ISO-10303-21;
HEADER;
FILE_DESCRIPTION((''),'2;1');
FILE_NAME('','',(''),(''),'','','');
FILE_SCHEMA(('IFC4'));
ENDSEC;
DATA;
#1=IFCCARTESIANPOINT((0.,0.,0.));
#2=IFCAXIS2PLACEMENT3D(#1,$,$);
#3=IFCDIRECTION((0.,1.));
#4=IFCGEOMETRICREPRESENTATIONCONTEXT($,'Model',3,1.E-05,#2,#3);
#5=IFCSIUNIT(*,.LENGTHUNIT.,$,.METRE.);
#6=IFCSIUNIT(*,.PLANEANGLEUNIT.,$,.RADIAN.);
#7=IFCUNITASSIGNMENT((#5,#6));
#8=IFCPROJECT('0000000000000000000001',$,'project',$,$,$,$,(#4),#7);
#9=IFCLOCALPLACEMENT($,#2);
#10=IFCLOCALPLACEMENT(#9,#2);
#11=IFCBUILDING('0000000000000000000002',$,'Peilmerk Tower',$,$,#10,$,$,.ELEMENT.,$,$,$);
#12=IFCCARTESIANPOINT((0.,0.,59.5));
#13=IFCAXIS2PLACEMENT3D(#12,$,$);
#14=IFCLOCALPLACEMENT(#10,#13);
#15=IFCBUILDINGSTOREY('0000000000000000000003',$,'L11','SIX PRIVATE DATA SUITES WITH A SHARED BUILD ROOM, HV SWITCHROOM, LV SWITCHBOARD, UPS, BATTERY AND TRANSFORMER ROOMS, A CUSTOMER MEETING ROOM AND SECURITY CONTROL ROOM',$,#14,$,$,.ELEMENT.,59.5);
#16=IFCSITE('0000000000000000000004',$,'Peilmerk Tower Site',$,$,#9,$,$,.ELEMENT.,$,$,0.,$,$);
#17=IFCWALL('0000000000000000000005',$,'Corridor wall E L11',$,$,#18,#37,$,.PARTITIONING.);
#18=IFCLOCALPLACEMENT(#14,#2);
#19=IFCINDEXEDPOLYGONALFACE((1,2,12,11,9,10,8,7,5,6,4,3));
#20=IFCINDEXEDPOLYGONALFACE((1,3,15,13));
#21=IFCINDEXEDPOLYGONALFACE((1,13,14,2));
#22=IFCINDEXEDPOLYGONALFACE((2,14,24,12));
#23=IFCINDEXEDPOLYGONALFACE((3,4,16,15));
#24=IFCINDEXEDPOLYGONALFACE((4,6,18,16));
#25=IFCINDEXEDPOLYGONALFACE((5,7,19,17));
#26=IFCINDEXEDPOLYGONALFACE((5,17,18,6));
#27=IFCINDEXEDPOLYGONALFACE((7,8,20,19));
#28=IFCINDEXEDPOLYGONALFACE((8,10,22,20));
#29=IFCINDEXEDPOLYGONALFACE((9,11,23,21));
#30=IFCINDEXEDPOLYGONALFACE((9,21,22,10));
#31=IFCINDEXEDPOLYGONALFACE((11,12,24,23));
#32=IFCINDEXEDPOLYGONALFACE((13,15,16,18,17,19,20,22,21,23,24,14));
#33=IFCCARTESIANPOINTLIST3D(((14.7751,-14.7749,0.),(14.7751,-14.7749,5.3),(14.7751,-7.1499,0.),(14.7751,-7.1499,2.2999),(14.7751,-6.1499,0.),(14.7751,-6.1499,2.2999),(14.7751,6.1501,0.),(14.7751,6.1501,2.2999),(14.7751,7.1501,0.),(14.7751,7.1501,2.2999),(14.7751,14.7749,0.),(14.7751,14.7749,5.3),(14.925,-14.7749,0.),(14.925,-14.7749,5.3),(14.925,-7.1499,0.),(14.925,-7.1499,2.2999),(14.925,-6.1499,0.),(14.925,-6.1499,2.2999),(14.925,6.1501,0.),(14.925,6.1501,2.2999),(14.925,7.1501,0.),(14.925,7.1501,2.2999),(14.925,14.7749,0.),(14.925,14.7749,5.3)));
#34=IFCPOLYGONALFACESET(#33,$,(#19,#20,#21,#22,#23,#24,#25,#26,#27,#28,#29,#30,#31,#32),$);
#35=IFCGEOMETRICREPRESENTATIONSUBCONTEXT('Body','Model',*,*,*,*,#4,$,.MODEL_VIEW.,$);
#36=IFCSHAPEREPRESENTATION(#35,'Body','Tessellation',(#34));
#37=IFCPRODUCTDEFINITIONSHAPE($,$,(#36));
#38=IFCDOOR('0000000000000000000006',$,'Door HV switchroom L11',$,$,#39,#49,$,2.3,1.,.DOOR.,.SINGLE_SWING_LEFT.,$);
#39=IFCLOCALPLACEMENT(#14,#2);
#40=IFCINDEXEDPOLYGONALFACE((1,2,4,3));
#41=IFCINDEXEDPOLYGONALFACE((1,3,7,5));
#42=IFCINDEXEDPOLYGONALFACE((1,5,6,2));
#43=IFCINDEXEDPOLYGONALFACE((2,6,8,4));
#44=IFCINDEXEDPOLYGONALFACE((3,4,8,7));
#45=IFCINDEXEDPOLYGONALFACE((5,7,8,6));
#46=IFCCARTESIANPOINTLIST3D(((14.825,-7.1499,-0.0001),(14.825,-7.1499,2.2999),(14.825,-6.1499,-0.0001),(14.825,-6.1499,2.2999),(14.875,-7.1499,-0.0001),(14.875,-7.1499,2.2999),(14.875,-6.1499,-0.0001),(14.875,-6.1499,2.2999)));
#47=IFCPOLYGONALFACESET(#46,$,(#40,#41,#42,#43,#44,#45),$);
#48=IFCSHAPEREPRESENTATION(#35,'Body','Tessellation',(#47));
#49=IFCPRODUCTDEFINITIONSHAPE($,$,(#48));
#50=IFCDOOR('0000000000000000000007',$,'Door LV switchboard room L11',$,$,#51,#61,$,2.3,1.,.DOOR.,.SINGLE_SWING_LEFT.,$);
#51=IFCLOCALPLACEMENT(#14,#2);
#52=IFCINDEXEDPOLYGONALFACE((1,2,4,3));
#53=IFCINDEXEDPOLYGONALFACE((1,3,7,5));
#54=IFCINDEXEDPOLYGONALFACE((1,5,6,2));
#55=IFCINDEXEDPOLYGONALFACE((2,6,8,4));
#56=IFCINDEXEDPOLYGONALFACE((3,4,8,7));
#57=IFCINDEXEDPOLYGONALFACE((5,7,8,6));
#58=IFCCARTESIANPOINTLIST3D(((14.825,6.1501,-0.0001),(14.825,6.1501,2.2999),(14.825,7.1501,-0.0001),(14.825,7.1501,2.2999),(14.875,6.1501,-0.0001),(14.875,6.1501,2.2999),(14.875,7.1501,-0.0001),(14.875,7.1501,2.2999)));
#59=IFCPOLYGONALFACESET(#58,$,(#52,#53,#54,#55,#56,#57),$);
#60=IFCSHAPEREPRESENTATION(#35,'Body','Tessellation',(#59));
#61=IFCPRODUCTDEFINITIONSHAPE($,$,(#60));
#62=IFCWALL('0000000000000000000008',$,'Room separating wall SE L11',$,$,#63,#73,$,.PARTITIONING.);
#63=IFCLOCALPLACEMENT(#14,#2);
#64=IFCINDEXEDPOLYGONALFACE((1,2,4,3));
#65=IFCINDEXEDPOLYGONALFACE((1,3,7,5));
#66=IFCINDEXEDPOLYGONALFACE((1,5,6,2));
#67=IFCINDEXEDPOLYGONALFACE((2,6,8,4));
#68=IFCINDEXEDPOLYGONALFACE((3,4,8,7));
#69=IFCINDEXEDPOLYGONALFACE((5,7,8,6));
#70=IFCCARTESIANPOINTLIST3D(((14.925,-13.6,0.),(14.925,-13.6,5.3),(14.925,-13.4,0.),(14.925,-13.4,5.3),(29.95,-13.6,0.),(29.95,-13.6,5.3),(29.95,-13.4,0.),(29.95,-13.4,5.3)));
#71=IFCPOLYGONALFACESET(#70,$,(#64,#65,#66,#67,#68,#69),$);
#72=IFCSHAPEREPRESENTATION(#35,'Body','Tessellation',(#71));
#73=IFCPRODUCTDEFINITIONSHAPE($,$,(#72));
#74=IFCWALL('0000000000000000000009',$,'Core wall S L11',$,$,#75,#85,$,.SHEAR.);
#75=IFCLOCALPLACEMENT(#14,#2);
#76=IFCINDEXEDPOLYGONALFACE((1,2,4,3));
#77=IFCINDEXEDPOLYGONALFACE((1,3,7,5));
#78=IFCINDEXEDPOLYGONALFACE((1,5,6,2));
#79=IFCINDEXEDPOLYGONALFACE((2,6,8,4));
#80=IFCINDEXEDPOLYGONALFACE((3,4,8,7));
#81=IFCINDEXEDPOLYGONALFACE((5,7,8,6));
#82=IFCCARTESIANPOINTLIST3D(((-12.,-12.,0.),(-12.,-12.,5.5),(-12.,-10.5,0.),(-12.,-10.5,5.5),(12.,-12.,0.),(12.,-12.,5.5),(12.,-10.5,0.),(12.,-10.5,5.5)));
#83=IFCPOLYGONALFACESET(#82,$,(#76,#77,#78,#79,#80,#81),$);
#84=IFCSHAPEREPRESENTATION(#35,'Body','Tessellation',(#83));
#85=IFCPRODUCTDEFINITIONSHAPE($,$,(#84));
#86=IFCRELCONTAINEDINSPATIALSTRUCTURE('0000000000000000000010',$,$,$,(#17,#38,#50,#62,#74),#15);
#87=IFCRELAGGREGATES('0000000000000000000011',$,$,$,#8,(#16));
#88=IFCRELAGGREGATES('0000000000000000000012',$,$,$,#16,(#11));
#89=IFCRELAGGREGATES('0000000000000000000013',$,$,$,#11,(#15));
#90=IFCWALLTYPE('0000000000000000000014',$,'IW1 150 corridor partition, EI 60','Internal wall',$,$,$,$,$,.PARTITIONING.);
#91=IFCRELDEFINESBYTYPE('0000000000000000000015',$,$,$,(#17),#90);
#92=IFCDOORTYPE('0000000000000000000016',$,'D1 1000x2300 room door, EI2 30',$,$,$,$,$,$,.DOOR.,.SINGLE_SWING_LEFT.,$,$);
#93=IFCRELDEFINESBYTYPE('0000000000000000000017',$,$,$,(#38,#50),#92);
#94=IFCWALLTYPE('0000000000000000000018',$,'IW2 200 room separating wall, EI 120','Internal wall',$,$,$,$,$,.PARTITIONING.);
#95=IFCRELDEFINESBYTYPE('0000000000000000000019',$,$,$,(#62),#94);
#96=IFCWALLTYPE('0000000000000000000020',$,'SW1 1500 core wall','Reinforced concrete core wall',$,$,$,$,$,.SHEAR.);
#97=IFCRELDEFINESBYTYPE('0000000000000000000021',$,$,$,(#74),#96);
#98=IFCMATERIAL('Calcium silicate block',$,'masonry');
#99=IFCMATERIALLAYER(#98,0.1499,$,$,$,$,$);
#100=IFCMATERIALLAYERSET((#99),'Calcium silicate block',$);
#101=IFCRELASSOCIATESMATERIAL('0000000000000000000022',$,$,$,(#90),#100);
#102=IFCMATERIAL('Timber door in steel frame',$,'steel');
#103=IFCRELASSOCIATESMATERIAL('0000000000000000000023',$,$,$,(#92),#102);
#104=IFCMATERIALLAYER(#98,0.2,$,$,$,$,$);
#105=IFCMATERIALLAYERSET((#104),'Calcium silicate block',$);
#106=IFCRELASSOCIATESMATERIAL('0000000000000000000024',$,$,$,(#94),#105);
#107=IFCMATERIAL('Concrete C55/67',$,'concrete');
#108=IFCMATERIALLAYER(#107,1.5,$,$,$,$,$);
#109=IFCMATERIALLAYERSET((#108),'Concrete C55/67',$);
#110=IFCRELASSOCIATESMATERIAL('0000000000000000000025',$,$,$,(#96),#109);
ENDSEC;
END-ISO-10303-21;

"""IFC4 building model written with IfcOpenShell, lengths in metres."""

from ifc_helpers import new_model, si_unit, direction, frame, frame_2d, origin, place, context, subcontext, project, spatial, rectangle, extrude, material, layer, layer_set, type_object, element, fill, save


model = new_model("IFC4")

# Units and contexts
model_context = context("Model", 3, precision=1e-05, world=origin(), true_north=direction((0.0, 1.0)))
body_context = subcontext(model_context, "Body", "Model", "MODEL_VIEW")
ifc_project = project(units=[si_unit("LENGTHUNIT", "METRE"), si_unit("PLANEANGLEUNIT", "RADIAN")], contexts=[model_context])

# Site, building, storey
site_placement = place(None, origin())
site = spatial("IfcSite", under=ifc_project, at=site_placement, Name="Peilmerk Tower Site", CompositionType="ELEMENT", RefElevation=0.0)
building_placement = place(site_placement, origin())
building = spatial("IfcBuilding", under=site, at=building_placement, Name="Peilmerk Tower", CompositionType="ELEMENT")
storey_placement = place(building_placement, frame((0.0, 0.0, 59.5)))
storey = spatial("IfcBuildingStorey", under=building, at=storey_placement, Name="L11", Description="SIX PRIVATE DATA SUITES WITH A SHARED BUILD ROOM, HV SWITCHROOM, LV SWITCHBOARD, UPS, BATTERY AND TRANSFORMER ROOMS, A CUSTOMER MEETING ROOM AND SECURITY CONTROL ROOM", CompositionType="ELEMENT", Elevation=59.5)

# Wall, openings, doors
ifc_material_1 = material(Name="Calcium silicate block", Category="masonry")
ifc_layer_1 = layer(ifc_material_1, 0.1499)
ifc_layer_set_1 = layer_set([ifc_layer_1], Name="Calcium silicate block")
wall_type_1 = type_object("IfcWallType", Name="IW1 150 corridor partition, EI 60", Description="Internal wall", PredefinedType="PARTITIONING", material=ifc_layer_set_1)
ifc_material_2 = material(Name="Timber door in steel frame", Category="steel")
door_type_1 = type_object("IfcDoorType", Name="D1 1000x2300 room door, EI2 30", OperationType="SINGLE_SWING_LEFT", PredefinedType="DOOR", material=ifc_material_2)
wall_1_placement = place(storey_placement, frame((14.8501, -14.7749, 0.0), z_axis=(0.0, 0.0, 1.0), x_axis=(0.0, 1.0, 0.0)))
wall_1 = element("IfcWall", 1, at=wall_1_placement, inside=storey, type_object=wall_type_1, Name="Corridor wall E L11", PredefinedType="PARTITIONING", context=body_context, shape_type="SweptSolid", body=[
    extrude(rectangle(XDim=29.5498, YDim=0.1499, at=frame_2d((14.7749, 0.0))), origin(), (0.0, 0.0, 1.0), 5.3),
])
opening_1_placement = place(wall_1_placement, frame((7.625, 0.0, 0.0)))
opening_1 = element("IfcOpeningElement", 2, at=opening_1_placement, cuts=wall_1, PredefinedType="OPENING", context=body_context, shape_type="SweptSolid", body=[
    extrude(rectangle(XDim=1.0, YDim=2.3, at=frame_2d((0.5, 1.1499))), frame((0.0, 0.085, 0.0), z_axis=(0.0, -1.0, 0.0), x_axis=(1.0, 0.0, 0.0)), (0.0, 0.0, 1.0), 0.1699),
])
opening_2_placement = place(wall_1_placement, frame((20.925, 0.0, 0.0)))
opening_2 = element("IfcOpeningElement", 3, at=opening_2_placement, cuts=wall_1, PredefinedType="OPENING", context=body_context, shape_type="SweptSolid", body=[
    extrude(rectangle(XDim=1.0, YDim=2.3, at=frame_2d((0.5, 1.1499))), frame((0.0, 0.085, 0.0), z_axis=(0.0, -1.0, 0.0), x_axis=(1.0, 0.0, 0.0)), (0.0, 0.0, 1.0), 0.1699),
])
door_1_placement = place(opening_1_placement, frame((1.0, 0.0, 0.0), z_axis=(0.0, 0.0, 1.0), x_axis=(-1.0, 0.0, 0.0)))
door_1 = element("IfcDoor", 4, at=door_1_placement, inside=storey, type_object=door_type_1, Name="Door HV switchroom L11", OperationType="SINGLE_SWING_LEFT", OverallHeight=2.3, OverallWidth=1.0, PredefinedType="DOOR", context=body_context, shape_type="SweptSolid", body=[
    extrude(rectangle(XDim=1.0, YDim=2.3, at=frame_2d((0.5, 1.1499))), frame((0.0, 0.0249, 0.0), z_axis=(0.0, -1.0, 0.0), x_axis=(1.0, 0.0, 0.0)), (0.0, 0.0, 1.0), 0.05),
])
fill(opening_1, door_1)
door_2_placement = place(opening_2_placement, frame((1.0, 0.0, 0.0), z_axis=(0.0, 0.0, 1.0), x_axis=(-1.0, 0.0, 0.0)))
door_2 = element("IfcDoor", 5, at=door_2_placement, inside=storey, type_object=door_type_1, Name="Door LV switchboard room L11", OperationType="SINGLE_SWING_LEFT", OverallHeight=2.3, OverallWidth=1.0, PredefinedType="DOOR", context=body_context, shape_type="SweptSolid", body=[
    extrude(rectangle(XDim=1.0, YDim=2.3, at=frame_2d((0.5, 1.1499))), frame((0.0, 0.0249, 0.0), z_axis=(0.0, -1.0, 0.0), x_axis=(1.0, 0.0, 0.0)), (0.0, 0.0, 1.0), 0.05),
])
fill(opening_2, door_2)

# Walls
ifc_layer_2 = layer(ifc_material_1, 0.2)
ifc_layer_set_2 = layer_set([ifc_layer_2], Name="Calcium silicate block")
wall_type_2 = type_object("IfcWallType", Name="IW2 200 room separating wall, EI 120", Description="Internal wall", PredefinedType="PARTITIONING", material=ifc_layer_set_2)
wall_2_placement = place(storey_placement, frame((29.95, -13.5, 0.0), z_axis=(0.0, 0.0, 1.0), x_axis=(-1.0, 0.0, 0.0)))
element("IfcWall", 6, at=wall_2_placement, inside=storey, type_object=wall_type_2, Name="Room separating wall SE L11", PredefinedType="PARTITIONING", context=body_context, shape_type="SweptSolid", body=[
    extrude(rectangle(XDim=15.0249, YDim=0.2, at=frame_2d((7.5125, 0.0))), origin(), (0.0, 0.0, 1.0), 5.3),
])
ifc_material_3 = material(Name="Concrete C55/67", Category="concrete")
ifc_layer_3 = layer(ifc_material_3, 1.5)
ifc_layer_set_3 = layer_set([ifc_layer_3], Name="Concrete C55/67")
wall_type_3 = type_object("IfcWallType", Name="SW1 1500 core wall", Description="Reinforced concrete core wall", PredefinedType="SHEAR", material=ifc_layer_set_3)
wall_3_placement = place(storey_placement, frame((12.0, -11.25, 0.0), z_axis=(0.0, 0.0, 1.0), x_axis=(-1.0, 0.0, 0.0)))
element("IfcWall", 7, at=wall_3_placement, inside=storey, type_object=wall_type_3, Name="Core wall S L11", PredefinedType="SHEAR", context=body_context, shape_type="SweptSolid", body=[
    extrude(rectangle(XDim=24.0, YDim=1.5, at=frame_2d((12.0, 0.0))), origin(), (0.0, 0.0, 1.0), 5.5),
])

save(model, "model.ifc")
